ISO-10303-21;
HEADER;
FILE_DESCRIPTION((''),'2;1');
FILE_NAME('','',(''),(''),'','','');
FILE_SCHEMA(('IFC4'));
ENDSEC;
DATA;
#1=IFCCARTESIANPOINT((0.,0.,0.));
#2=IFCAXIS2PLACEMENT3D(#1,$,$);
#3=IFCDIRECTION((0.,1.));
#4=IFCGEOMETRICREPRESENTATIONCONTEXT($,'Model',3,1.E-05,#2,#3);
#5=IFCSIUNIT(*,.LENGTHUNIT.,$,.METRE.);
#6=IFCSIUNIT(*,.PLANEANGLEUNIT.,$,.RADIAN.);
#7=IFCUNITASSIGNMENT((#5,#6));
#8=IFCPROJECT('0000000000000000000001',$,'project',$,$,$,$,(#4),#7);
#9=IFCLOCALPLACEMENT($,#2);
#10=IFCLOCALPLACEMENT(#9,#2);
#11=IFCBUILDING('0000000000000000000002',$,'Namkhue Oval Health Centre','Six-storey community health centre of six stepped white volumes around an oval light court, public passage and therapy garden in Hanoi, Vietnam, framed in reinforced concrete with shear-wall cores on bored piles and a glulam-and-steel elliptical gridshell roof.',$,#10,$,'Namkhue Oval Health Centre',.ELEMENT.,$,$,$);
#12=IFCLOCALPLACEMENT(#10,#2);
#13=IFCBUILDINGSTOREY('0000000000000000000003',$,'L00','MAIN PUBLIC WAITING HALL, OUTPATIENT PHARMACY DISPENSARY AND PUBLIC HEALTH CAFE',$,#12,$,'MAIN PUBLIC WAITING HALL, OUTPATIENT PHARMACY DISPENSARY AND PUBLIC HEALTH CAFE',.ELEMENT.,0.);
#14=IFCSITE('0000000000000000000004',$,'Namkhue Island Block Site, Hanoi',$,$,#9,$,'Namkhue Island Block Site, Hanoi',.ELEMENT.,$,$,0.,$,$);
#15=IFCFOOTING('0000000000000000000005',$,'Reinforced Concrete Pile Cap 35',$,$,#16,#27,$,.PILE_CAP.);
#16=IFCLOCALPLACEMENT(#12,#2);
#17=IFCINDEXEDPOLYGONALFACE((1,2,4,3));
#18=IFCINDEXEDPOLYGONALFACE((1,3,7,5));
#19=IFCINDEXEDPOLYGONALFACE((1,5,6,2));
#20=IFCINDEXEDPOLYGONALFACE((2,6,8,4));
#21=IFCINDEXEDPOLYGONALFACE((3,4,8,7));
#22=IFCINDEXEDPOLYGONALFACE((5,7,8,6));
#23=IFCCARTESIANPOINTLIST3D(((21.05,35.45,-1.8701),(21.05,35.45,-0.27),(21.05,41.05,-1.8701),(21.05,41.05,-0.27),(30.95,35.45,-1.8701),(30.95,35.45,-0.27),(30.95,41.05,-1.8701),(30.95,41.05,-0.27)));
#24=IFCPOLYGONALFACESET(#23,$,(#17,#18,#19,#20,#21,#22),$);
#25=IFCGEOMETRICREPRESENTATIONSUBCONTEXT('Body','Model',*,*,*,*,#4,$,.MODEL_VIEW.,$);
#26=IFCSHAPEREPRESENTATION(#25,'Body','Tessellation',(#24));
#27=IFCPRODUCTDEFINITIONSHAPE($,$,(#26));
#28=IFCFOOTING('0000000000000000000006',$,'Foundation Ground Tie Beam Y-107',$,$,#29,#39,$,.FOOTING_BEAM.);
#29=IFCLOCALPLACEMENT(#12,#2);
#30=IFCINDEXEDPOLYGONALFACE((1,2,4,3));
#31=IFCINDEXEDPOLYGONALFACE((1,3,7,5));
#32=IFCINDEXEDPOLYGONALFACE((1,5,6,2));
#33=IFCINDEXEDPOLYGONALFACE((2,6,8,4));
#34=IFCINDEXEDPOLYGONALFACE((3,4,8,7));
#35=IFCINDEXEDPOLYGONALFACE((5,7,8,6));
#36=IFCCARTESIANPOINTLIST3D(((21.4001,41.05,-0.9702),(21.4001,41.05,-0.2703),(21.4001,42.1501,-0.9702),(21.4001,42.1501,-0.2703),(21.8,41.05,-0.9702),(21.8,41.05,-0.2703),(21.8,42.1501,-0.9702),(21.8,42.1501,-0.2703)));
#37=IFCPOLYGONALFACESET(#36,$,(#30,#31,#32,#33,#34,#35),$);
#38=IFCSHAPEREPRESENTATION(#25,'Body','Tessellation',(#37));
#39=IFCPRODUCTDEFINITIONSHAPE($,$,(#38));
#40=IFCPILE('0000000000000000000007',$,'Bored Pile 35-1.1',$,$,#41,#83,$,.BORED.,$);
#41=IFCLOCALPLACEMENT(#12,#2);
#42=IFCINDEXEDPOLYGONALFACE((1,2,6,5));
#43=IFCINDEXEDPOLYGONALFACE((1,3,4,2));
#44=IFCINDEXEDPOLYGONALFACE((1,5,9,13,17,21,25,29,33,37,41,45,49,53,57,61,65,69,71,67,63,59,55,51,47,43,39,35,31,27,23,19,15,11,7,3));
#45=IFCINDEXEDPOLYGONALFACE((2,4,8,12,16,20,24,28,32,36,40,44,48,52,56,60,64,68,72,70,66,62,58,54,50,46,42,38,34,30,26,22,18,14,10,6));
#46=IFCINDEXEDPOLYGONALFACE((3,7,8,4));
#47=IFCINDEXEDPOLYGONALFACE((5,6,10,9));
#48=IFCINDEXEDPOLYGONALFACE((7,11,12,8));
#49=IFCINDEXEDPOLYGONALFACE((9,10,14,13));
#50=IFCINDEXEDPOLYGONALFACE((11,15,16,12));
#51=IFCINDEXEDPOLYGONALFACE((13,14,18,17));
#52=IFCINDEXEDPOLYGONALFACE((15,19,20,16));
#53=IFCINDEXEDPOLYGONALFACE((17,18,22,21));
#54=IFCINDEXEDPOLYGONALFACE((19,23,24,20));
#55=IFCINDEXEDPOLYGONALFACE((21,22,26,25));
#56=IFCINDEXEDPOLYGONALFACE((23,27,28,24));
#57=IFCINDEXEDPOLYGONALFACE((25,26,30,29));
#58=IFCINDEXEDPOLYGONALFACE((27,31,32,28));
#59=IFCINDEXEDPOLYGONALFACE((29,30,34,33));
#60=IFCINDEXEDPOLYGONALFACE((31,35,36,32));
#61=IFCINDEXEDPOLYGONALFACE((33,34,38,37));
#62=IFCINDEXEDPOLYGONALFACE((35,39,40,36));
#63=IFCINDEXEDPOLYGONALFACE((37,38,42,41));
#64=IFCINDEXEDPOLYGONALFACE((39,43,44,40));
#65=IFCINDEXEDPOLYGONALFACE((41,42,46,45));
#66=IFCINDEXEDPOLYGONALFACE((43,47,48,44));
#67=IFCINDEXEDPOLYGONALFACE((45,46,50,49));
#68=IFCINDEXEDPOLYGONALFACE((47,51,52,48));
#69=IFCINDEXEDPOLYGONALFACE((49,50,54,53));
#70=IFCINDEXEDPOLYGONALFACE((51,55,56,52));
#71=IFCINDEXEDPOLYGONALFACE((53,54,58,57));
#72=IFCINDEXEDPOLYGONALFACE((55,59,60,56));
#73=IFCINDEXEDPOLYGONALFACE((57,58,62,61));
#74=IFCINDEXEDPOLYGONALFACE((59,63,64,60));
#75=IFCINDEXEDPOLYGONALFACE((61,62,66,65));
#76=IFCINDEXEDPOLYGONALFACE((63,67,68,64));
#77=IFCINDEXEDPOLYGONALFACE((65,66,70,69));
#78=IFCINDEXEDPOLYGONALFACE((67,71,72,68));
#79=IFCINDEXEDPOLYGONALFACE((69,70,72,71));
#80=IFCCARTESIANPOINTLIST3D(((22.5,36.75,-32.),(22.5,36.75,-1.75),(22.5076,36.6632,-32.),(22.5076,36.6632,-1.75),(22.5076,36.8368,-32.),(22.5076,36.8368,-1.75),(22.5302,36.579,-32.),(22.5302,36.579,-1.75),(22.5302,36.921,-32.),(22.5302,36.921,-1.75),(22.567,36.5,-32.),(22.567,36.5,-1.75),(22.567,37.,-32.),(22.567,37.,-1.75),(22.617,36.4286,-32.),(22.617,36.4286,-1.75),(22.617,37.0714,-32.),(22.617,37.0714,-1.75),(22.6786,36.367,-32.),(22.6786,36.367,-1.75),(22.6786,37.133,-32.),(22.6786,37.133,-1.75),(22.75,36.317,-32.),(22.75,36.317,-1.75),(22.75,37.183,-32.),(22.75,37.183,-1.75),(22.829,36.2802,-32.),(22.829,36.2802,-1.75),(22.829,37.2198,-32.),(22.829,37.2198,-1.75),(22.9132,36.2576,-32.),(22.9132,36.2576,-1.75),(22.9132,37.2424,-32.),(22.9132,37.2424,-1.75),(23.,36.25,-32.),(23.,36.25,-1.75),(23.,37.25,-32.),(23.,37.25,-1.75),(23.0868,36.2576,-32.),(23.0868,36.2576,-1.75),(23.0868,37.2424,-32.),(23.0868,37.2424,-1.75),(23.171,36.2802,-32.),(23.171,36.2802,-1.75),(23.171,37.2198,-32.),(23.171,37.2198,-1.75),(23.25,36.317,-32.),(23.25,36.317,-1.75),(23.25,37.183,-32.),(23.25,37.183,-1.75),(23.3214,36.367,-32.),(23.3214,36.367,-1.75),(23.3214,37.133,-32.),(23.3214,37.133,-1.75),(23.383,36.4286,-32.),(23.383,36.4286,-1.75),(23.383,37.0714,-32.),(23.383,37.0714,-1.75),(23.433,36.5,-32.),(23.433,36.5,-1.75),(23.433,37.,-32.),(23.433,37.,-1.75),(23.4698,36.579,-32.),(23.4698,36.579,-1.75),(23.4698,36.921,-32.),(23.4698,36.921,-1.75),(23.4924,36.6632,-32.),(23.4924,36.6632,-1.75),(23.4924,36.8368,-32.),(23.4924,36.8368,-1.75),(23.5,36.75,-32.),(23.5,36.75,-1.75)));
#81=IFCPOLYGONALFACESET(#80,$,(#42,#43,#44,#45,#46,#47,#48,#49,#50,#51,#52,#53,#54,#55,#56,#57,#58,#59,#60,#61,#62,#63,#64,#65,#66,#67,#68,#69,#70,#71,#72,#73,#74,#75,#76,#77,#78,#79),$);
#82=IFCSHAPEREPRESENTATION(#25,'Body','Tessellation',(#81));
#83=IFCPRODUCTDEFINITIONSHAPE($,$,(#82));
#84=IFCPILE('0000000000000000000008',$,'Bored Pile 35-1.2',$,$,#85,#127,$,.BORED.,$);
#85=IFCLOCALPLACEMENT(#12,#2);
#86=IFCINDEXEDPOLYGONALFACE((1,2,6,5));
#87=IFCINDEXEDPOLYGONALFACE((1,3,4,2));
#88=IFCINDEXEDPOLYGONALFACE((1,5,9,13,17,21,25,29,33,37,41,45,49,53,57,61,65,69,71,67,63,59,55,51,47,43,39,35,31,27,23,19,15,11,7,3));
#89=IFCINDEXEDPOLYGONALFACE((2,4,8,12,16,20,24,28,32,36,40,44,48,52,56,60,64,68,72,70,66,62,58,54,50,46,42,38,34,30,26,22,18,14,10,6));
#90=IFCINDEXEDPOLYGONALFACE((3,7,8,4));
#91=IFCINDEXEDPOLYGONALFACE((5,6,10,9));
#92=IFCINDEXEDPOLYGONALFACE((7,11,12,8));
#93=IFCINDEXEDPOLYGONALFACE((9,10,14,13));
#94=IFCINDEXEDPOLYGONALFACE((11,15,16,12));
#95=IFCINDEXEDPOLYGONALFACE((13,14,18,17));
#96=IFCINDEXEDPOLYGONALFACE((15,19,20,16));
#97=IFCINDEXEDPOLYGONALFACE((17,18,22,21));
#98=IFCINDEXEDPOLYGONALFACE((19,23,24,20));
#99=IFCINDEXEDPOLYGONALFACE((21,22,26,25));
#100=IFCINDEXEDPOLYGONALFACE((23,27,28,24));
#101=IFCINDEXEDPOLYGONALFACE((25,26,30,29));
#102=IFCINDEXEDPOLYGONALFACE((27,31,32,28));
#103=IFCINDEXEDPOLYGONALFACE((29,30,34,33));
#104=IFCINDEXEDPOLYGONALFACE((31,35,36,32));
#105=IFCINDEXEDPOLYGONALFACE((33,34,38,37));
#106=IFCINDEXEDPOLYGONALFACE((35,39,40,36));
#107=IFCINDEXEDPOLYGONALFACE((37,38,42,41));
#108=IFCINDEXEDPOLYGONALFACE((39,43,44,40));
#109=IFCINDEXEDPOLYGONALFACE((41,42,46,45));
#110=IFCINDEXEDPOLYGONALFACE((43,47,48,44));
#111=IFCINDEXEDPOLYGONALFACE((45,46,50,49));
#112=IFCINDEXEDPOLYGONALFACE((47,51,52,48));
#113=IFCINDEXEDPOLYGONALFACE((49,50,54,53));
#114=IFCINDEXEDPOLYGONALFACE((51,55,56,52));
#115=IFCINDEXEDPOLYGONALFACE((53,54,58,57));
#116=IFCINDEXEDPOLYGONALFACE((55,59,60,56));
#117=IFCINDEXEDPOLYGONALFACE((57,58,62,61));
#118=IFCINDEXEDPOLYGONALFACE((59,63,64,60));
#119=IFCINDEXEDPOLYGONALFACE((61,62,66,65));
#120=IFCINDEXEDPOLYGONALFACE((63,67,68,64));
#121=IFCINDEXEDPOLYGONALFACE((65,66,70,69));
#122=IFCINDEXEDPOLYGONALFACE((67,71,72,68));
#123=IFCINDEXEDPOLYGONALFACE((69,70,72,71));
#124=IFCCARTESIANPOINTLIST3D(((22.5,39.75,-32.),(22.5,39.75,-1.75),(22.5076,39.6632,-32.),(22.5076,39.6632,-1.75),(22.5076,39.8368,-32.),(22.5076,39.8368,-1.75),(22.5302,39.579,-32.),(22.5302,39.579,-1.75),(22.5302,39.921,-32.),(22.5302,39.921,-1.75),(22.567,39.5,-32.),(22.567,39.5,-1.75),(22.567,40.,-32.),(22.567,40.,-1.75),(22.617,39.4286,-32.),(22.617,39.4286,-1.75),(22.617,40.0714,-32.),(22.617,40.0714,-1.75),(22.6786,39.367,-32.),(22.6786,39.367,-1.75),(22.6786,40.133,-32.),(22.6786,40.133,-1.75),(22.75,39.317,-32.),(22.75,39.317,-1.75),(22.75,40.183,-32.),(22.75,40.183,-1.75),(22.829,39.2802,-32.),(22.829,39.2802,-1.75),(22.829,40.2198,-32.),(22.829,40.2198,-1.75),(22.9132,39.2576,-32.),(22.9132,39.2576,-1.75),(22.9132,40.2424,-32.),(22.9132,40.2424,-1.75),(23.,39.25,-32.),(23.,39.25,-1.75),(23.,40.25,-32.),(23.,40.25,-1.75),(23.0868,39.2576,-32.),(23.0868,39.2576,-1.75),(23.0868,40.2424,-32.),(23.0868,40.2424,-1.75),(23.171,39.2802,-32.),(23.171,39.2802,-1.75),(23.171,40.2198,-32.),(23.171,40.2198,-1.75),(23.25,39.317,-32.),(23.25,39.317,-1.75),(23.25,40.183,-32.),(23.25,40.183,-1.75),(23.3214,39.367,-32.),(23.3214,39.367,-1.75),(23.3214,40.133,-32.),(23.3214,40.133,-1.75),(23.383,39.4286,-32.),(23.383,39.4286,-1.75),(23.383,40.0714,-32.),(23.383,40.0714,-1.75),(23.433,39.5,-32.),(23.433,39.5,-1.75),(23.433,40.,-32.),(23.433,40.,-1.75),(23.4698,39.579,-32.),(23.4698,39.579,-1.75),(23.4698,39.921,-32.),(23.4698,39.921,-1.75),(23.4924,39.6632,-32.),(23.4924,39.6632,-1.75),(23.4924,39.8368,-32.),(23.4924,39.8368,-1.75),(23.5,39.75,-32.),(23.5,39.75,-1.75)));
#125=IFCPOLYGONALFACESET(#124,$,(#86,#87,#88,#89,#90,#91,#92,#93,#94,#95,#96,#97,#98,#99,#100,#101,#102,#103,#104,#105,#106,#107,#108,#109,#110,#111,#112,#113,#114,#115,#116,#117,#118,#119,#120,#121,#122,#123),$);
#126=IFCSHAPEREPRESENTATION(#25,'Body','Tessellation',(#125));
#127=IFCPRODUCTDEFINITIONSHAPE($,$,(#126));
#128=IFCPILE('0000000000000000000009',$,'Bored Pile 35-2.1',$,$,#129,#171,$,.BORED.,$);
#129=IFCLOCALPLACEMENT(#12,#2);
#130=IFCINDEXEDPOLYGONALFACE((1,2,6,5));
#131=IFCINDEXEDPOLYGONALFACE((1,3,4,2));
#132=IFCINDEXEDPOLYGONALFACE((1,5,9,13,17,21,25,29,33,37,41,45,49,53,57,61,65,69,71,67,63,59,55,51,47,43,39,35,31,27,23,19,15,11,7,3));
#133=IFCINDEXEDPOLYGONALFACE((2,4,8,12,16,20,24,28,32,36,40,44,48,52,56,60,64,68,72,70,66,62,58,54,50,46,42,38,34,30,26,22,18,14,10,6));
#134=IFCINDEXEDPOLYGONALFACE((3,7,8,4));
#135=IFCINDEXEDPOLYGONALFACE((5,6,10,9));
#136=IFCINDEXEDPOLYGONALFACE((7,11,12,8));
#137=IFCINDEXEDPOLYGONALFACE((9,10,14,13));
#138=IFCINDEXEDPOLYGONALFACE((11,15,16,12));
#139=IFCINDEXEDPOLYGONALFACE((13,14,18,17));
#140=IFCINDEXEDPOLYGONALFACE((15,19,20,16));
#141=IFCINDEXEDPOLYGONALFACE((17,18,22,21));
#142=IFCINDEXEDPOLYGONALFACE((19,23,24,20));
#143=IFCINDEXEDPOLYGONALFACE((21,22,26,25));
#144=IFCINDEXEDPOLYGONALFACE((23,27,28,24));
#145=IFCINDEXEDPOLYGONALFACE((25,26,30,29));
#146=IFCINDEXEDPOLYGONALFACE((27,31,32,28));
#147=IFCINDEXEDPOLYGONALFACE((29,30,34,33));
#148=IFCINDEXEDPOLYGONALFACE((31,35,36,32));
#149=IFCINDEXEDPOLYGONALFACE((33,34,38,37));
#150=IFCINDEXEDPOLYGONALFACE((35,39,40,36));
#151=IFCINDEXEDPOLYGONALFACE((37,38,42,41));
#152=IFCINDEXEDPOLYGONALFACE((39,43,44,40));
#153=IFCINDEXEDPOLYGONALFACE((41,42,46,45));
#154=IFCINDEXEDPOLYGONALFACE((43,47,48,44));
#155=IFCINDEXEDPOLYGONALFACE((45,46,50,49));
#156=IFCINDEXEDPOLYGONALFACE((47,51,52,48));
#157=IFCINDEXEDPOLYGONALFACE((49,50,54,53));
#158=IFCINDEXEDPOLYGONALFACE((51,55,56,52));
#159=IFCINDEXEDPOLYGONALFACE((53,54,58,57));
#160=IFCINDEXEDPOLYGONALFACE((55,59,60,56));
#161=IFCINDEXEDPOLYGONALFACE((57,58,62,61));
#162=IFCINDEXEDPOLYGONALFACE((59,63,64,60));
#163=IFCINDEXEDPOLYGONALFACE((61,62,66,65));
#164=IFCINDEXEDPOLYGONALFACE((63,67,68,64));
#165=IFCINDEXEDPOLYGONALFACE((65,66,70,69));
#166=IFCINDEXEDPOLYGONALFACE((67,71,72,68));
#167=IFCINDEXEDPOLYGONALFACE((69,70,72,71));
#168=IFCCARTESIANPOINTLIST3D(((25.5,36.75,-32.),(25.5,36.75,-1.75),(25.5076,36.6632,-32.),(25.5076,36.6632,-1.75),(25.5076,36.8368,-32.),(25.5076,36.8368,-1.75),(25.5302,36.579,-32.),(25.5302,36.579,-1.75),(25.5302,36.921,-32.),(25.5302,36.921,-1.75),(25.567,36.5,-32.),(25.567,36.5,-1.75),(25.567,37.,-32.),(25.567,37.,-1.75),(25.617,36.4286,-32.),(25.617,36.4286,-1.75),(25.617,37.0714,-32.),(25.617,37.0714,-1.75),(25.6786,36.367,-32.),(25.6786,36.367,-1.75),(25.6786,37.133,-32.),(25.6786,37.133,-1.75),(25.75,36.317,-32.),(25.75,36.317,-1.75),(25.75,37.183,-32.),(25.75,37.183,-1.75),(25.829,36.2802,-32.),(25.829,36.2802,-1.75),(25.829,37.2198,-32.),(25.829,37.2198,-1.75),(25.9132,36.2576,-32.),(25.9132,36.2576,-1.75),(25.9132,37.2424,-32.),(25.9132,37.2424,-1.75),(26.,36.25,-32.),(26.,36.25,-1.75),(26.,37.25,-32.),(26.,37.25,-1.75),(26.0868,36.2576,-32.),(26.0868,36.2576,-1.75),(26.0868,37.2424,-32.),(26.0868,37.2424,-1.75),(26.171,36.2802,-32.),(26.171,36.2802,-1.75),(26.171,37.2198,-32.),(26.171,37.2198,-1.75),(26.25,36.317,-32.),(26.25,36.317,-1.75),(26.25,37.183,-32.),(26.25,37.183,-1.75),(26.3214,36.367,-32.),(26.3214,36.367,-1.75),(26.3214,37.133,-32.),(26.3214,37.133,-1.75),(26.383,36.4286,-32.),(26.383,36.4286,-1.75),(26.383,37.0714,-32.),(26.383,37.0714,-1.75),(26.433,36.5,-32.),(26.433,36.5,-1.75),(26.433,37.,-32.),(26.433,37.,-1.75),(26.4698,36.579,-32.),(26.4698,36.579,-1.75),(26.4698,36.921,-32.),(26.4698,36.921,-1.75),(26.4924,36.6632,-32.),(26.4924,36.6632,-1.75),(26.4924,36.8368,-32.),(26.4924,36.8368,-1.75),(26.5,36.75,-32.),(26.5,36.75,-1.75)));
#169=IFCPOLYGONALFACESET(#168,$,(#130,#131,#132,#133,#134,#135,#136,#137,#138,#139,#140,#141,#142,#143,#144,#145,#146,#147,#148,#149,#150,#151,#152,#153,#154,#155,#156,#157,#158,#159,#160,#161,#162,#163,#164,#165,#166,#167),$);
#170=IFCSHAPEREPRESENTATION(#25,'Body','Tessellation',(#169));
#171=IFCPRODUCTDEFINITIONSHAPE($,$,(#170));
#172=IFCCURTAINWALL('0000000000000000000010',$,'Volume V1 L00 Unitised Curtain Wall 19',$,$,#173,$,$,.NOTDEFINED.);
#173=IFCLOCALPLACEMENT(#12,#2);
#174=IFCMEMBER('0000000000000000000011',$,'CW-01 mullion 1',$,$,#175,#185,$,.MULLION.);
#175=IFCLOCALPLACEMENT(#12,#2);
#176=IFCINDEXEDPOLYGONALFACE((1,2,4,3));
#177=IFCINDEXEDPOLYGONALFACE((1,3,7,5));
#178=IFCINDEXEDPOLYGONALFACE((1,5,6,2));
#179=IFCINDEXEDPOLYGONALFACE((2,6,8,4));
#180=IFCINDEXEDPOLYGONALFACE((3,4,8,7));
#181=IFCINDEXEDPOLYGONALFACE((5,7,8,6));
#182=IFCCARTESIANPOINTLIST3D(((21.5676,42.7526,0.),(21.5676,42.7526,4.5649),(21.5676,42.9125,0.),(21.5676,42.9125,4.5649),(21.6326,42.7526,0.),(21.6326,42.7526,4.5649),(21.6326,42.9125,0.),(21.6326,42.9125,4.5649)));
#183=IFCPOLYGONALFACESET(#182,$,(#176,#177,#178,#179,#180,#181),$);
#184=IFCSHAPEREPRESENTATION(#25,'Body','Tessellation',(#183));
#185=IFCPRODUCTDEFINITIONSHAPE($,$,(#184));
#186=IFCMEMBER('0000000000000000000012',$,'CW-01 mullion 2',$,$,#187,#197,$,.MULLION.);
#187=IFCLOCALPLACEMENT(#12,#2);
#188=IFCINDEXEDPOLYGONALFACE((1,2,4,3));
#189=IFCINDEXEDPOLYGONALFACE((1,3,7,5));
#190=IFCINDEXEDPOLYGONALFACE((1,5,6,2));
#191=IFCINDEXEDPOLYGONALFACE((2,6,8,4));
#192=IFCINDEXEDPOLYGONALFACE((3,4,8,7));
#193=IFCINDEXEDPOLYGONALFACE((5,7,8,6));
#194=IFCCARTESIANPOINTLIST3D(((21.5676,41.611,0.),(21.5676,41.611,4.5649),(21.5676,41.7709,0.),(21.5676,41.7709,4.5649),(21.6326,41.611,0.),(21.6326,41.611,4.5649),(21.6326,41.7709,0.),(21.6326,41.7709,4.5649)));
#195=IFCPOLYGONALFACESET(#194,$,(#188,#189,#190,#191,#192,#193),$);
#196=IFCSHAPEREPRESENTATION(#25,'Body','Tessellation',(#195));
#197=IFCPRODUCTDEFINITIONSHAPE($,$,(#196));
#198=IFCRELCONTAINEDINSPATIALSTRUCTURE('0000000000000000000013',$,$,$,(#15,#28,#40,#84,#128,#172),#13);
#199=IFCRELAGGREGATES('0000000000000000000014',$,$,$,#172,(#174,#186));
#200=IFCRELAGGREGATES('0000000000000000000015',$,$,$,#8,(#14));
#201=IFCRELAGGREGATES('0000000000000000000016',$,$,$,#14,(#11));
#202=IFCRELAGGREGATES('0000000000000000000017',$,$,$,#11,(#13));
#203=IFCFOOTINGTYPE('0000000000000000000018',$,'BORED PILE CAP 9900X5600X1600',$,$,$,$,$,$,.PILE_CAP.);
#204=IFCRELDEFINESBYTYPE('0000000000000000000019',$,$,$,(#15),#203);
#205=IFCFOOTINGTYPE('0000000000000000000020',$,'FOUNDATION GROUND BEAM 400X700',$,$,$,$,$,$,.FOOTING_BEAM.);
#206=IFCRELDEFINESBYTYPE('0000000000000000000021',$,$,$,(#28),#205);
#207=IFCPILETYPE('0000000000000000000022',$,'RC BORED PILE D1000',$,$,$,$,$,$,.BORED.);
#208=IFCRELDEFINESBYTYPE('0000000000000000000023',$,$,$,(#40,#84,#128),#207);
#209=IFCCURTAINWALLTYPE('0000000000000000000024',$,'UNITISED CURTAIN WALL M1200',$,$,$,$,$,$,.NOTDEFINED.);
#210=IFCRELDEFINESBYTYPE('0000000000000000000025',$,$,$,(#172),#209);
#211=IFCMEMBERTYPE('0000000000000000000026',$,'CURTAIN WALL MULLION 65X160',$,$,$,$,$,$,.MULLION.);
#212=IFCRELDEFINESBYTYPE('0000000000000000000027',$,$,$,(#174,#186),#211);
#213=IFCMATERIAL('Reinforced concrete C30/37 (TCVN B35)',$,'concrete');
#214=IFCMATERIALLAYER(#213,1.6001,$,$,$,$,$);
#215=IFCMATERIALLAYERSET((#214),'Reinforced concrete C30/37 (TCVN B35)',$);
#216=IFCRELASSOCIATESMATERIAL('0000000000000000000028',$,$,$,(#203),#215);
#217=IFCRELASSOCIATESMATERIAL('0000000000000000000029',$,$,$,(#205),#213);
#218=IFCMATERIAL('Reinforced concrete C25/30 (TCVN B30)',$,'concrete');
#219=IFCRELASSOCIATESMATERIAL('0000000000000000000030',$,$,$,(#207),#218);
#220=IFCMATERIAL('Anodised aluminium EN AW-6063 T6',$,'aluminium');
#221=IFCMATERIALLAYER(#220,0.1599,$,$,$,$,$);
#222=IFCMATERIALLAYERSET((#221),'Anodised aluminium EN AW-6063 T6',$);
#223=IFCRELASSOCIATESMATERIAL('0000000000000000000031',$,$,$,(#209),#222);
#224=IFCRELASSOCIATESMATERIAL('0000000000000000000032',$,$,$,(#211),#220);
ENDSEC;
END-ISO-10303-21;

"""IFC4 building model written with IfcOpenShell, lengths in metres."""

from ifc_helpers import new_model, si_unit, direction, frame, origin, origin_2d, place, context, subcontext, project, spatial, rectangle, circle, extrude, material, layer, layer_set, material_profile, profile_set, type_object, element, aggregate, save


model = new_model("IFC4")

# Units and contexts
model_context = context("Model", 3, precision=1e-05, world=origin(), true_north=direction((0.0, 1.0)))
body_context = subcontext(model_context, "Body", "Model", "MODEL_VIEW")
ifc_project = project(units=[si_unit("LENGTHUNIT", "METRE"), si_unit("PLANEANGLEUNIT", "RADIAN")], contexts=[model_context])

# Site, building, storey
site_placement = place(None, origin())
site = spatial("IfcSite", under=ifc_project, at=site_placement, Name="Namkhue Island Block Site, Hanoi", LongName="Namkhue Island Block Site, Hanoi", CompositionType="ELEMENT", RefElevation=0.0)
building_placement = place(site_placement, origin())
building = spatial("IfcBuilding", under=site, at=building_placement, Name="Namkhue Oval Health Centre", Description="Six-storey community health centre of six stepped white volumes around an oval light court, public passage and therapy garden in Hanoi, Vietnam, framed in reinforced concrete with shear-wall cores on bored piles and a glulam-and-steel elliptical gridshell roof.", LongName="Namkhue Oval Health Centre", CompositionType="ELEMENT")
storey_placement = place(building_placement, origin())
storey = spatial("IfcBuildingStorey", under=building, at=storey_placement, Name="L00", Description="MAIN PUBLIC WAITING HALL, OUTPATIENT PHARMACY DISPENSARY AND PUBLIC HEALTH CAFE", LongName="MAIN PUBLIC WAITING HALL, OUTPATIENT PHARMACY DISPENSARY AND PUBLIC HEALTH CAFE", CompositionType="ELEMENT", Elevation=0.0)

# Footings
ifc_material_1 = material(Name="Reinforced concrete C30/37 (TCVN B35)", Category="concrete")
ifc_layer_1 = layer(ifc_material_1, 1.6001)
ifc_layer_set_1 = layer_set([ifc_layer_1], Name="Reinforced concrete C30/37 (TCVN B35)")
footing_type_1 = type_object("IfcFootingType", Name="BORED PILE CAP 9900X5600X1600", PredefinedType="PILE_CAP", material=ifc_layer_set_1)
footing_1_placement = place(storey_placement, frame((26.0, 38.25, -1.8701), z_axis=(0.0, 0.0, 1.0), x_axis=(1.0, 0.0, 0.0)))
element("IfcFooting", 1, at=footing_1_placement, inside=storey, type_object=footing_type_1, Name="Reinforced Concrete Pile Cap 35", PredefinedType="PILE_CAP", context=body_context, shape_type="SweptSolid", body=[
    extrude(rectangle(XDim=9.8999, YDim=5.6001, at=origin_2d()), origin(), (0.0, 0.0, 1.0), 1.6001),
])
footing_type_2 = type_object("IfcFootingType", Name="FOUNDATION GROUND BEAM 400X700", PredefinedType="FOOTING_BEAM", material=ifc_material_1)
footing_2_placement = place(storey_placement, frame((21.6001, 41.6001, -0.9702), z_axis=(0.0, 0.0, 1.0), x_axis=(0.0, 1.0, 0.0)))
element("IfcFooting", 2, at=footing_2_placement, inside=storey, type_object=footing_type_2, Name="Foundation Ground Tie Beam Y-107", PredefinedType="FOOTING_BEAM", context=body_context, shape_type="SweptSolid", body=[
    extrude(rectangle(XDim=1.1001, YDim=0.3999, at=origin_2d()), origin(), (0.0, 0.0, 1.0), 0.7),
])

# Piles
ifc_material_2 = material(Name="Reinforced concrete C25/30 (TCVN B30)", Category="concrete")
ifc_material_profile_1 = material_profile(ifc_material_2, circle(Radius=0.5, at=origin_2d()), Name="BORED PILE D1000")
ifc_profile_set_1 = profile_set([ifc_material_profile_1], Name="Reinforced concrete C25/30 (TCVN B30)")
pile_type = type_object("IfcPileType", Name="RC BORED PILE D1000", PredefinedType="BORED", material=ifc_profile_set_1)
for number, where, z_axis, x_axis, name in (
    (3, (23.0, 36.75, -1.75), (0.0, 0.0, -1.0), (1.0, 0.0, 0.0), "Bored Pile 35-1.1"),
    (4, (23.0, 39.75, -1.75), (0.0, 0.0, -1.0), (1.0, 0.0, 0.0), "Bored Pile 35-1.2"),
    (5, (26.0, 36.75, -1.75), (0.0, 0.0, -1.0), (1.0, 0.0, 0.0), "Bored Pile 35-2.1"),
):
    element("IfcPile", number, at=place(storey_placement, frame(where, z_axis=z_axis, x_axis=x_axis)), inside=storey, type_object=pile_type, Name=name, PredefinedType="BORED", context=body_context, shape_type="SweptSolid", body=[
        extrude(circle(Radius=0.5, at=origin_2d()), origin(), (0.0, 0.0, 1.0), 30.25),
    ])

# Curtain wall, members
ifc_material_3 = material(Name="Anodised aluminium EN AW-6063 T6", Category="aluminium")
ifc_layer_2 = layer(ifc_material_3, 0.1599)
ifc_layer_set_2 = layer_set([ifc_layer_2], Name="Anodised aluminium EN AW-6063 T6")
curtain_wall_type = type_object("IfcCurtainWallType", Name="UNITISED CURTAIN WALL M1200", PredefinedType="NOTDEFINED", material=ifc_layer_set_2)
curtain_wall_placement = place(storey_placement, origin())
curtain_wall = element("IfcCurtainWall", 6, at=curtain_wall_placement, inside=storey, type_object=curtain_wall_type, Name="Volume V1 L00 Unitised Curtain Wall 19", PredefinedType="NOTDEFINED")
ifc_material_profile_2 = material_profile(ifc_material_3, rectangle(XDim=0.0649, YDim=0.1599, at=origin_2d()), Name="ALU 65x160")
ifc_profile_set_2 = profile_set([ifc_material_profile_2], Name="Anodised aluminium EN AW-6063 T6")
member_type_1 = type_object("IfcMemberType", Name="CURTAIN WALL MULLION 65X160", PredefinedType="MULLION", material=ifc_profile_set_2)
member_1_placement = place(storey_placement, frame((21.6001, 42.8325, 0.0), z_axis=(0.0, 0.0, 1.0), x_axis=(1.0, 0.0, 0.0)))
member_1 = element("IfcMember", 7, at=member_1_placement, type_object=member_type_1, Name="CW-01 mullion 1", PredefinedType="MULLION", context=body_context, shape_type="SweptSolid", body=[
    extrude(rectangle(XDim=0.0649, YDim=0.1599, at=origin_2d()), origin(), (0.0, 0.0, 1.0), 4.5649),
])
member_2_placement = place(storey_placement, frame((21.6001, 41.6909, 0.0), z_axis=(0.0, 0.0, 1.0), x_axis=(1.0, 0.0, 0.0)))
member_2 = element("IfcMember", 8, at=member_2_placement, type_object=member_type_1, Name="CW-01 mullion 2", PredefinedType="MULLION", context=body_context, shape_type="SweptSolid", body=[
    extrude(rectangle(XDim=0.0649, YDim=0.1599, at=origin_2d()), origin(), (0.0, 0.0, 1.0), 4.5649),
])
aggregate(curtain_wall, [member_1, member_2])

save(model, "model.ifc")
